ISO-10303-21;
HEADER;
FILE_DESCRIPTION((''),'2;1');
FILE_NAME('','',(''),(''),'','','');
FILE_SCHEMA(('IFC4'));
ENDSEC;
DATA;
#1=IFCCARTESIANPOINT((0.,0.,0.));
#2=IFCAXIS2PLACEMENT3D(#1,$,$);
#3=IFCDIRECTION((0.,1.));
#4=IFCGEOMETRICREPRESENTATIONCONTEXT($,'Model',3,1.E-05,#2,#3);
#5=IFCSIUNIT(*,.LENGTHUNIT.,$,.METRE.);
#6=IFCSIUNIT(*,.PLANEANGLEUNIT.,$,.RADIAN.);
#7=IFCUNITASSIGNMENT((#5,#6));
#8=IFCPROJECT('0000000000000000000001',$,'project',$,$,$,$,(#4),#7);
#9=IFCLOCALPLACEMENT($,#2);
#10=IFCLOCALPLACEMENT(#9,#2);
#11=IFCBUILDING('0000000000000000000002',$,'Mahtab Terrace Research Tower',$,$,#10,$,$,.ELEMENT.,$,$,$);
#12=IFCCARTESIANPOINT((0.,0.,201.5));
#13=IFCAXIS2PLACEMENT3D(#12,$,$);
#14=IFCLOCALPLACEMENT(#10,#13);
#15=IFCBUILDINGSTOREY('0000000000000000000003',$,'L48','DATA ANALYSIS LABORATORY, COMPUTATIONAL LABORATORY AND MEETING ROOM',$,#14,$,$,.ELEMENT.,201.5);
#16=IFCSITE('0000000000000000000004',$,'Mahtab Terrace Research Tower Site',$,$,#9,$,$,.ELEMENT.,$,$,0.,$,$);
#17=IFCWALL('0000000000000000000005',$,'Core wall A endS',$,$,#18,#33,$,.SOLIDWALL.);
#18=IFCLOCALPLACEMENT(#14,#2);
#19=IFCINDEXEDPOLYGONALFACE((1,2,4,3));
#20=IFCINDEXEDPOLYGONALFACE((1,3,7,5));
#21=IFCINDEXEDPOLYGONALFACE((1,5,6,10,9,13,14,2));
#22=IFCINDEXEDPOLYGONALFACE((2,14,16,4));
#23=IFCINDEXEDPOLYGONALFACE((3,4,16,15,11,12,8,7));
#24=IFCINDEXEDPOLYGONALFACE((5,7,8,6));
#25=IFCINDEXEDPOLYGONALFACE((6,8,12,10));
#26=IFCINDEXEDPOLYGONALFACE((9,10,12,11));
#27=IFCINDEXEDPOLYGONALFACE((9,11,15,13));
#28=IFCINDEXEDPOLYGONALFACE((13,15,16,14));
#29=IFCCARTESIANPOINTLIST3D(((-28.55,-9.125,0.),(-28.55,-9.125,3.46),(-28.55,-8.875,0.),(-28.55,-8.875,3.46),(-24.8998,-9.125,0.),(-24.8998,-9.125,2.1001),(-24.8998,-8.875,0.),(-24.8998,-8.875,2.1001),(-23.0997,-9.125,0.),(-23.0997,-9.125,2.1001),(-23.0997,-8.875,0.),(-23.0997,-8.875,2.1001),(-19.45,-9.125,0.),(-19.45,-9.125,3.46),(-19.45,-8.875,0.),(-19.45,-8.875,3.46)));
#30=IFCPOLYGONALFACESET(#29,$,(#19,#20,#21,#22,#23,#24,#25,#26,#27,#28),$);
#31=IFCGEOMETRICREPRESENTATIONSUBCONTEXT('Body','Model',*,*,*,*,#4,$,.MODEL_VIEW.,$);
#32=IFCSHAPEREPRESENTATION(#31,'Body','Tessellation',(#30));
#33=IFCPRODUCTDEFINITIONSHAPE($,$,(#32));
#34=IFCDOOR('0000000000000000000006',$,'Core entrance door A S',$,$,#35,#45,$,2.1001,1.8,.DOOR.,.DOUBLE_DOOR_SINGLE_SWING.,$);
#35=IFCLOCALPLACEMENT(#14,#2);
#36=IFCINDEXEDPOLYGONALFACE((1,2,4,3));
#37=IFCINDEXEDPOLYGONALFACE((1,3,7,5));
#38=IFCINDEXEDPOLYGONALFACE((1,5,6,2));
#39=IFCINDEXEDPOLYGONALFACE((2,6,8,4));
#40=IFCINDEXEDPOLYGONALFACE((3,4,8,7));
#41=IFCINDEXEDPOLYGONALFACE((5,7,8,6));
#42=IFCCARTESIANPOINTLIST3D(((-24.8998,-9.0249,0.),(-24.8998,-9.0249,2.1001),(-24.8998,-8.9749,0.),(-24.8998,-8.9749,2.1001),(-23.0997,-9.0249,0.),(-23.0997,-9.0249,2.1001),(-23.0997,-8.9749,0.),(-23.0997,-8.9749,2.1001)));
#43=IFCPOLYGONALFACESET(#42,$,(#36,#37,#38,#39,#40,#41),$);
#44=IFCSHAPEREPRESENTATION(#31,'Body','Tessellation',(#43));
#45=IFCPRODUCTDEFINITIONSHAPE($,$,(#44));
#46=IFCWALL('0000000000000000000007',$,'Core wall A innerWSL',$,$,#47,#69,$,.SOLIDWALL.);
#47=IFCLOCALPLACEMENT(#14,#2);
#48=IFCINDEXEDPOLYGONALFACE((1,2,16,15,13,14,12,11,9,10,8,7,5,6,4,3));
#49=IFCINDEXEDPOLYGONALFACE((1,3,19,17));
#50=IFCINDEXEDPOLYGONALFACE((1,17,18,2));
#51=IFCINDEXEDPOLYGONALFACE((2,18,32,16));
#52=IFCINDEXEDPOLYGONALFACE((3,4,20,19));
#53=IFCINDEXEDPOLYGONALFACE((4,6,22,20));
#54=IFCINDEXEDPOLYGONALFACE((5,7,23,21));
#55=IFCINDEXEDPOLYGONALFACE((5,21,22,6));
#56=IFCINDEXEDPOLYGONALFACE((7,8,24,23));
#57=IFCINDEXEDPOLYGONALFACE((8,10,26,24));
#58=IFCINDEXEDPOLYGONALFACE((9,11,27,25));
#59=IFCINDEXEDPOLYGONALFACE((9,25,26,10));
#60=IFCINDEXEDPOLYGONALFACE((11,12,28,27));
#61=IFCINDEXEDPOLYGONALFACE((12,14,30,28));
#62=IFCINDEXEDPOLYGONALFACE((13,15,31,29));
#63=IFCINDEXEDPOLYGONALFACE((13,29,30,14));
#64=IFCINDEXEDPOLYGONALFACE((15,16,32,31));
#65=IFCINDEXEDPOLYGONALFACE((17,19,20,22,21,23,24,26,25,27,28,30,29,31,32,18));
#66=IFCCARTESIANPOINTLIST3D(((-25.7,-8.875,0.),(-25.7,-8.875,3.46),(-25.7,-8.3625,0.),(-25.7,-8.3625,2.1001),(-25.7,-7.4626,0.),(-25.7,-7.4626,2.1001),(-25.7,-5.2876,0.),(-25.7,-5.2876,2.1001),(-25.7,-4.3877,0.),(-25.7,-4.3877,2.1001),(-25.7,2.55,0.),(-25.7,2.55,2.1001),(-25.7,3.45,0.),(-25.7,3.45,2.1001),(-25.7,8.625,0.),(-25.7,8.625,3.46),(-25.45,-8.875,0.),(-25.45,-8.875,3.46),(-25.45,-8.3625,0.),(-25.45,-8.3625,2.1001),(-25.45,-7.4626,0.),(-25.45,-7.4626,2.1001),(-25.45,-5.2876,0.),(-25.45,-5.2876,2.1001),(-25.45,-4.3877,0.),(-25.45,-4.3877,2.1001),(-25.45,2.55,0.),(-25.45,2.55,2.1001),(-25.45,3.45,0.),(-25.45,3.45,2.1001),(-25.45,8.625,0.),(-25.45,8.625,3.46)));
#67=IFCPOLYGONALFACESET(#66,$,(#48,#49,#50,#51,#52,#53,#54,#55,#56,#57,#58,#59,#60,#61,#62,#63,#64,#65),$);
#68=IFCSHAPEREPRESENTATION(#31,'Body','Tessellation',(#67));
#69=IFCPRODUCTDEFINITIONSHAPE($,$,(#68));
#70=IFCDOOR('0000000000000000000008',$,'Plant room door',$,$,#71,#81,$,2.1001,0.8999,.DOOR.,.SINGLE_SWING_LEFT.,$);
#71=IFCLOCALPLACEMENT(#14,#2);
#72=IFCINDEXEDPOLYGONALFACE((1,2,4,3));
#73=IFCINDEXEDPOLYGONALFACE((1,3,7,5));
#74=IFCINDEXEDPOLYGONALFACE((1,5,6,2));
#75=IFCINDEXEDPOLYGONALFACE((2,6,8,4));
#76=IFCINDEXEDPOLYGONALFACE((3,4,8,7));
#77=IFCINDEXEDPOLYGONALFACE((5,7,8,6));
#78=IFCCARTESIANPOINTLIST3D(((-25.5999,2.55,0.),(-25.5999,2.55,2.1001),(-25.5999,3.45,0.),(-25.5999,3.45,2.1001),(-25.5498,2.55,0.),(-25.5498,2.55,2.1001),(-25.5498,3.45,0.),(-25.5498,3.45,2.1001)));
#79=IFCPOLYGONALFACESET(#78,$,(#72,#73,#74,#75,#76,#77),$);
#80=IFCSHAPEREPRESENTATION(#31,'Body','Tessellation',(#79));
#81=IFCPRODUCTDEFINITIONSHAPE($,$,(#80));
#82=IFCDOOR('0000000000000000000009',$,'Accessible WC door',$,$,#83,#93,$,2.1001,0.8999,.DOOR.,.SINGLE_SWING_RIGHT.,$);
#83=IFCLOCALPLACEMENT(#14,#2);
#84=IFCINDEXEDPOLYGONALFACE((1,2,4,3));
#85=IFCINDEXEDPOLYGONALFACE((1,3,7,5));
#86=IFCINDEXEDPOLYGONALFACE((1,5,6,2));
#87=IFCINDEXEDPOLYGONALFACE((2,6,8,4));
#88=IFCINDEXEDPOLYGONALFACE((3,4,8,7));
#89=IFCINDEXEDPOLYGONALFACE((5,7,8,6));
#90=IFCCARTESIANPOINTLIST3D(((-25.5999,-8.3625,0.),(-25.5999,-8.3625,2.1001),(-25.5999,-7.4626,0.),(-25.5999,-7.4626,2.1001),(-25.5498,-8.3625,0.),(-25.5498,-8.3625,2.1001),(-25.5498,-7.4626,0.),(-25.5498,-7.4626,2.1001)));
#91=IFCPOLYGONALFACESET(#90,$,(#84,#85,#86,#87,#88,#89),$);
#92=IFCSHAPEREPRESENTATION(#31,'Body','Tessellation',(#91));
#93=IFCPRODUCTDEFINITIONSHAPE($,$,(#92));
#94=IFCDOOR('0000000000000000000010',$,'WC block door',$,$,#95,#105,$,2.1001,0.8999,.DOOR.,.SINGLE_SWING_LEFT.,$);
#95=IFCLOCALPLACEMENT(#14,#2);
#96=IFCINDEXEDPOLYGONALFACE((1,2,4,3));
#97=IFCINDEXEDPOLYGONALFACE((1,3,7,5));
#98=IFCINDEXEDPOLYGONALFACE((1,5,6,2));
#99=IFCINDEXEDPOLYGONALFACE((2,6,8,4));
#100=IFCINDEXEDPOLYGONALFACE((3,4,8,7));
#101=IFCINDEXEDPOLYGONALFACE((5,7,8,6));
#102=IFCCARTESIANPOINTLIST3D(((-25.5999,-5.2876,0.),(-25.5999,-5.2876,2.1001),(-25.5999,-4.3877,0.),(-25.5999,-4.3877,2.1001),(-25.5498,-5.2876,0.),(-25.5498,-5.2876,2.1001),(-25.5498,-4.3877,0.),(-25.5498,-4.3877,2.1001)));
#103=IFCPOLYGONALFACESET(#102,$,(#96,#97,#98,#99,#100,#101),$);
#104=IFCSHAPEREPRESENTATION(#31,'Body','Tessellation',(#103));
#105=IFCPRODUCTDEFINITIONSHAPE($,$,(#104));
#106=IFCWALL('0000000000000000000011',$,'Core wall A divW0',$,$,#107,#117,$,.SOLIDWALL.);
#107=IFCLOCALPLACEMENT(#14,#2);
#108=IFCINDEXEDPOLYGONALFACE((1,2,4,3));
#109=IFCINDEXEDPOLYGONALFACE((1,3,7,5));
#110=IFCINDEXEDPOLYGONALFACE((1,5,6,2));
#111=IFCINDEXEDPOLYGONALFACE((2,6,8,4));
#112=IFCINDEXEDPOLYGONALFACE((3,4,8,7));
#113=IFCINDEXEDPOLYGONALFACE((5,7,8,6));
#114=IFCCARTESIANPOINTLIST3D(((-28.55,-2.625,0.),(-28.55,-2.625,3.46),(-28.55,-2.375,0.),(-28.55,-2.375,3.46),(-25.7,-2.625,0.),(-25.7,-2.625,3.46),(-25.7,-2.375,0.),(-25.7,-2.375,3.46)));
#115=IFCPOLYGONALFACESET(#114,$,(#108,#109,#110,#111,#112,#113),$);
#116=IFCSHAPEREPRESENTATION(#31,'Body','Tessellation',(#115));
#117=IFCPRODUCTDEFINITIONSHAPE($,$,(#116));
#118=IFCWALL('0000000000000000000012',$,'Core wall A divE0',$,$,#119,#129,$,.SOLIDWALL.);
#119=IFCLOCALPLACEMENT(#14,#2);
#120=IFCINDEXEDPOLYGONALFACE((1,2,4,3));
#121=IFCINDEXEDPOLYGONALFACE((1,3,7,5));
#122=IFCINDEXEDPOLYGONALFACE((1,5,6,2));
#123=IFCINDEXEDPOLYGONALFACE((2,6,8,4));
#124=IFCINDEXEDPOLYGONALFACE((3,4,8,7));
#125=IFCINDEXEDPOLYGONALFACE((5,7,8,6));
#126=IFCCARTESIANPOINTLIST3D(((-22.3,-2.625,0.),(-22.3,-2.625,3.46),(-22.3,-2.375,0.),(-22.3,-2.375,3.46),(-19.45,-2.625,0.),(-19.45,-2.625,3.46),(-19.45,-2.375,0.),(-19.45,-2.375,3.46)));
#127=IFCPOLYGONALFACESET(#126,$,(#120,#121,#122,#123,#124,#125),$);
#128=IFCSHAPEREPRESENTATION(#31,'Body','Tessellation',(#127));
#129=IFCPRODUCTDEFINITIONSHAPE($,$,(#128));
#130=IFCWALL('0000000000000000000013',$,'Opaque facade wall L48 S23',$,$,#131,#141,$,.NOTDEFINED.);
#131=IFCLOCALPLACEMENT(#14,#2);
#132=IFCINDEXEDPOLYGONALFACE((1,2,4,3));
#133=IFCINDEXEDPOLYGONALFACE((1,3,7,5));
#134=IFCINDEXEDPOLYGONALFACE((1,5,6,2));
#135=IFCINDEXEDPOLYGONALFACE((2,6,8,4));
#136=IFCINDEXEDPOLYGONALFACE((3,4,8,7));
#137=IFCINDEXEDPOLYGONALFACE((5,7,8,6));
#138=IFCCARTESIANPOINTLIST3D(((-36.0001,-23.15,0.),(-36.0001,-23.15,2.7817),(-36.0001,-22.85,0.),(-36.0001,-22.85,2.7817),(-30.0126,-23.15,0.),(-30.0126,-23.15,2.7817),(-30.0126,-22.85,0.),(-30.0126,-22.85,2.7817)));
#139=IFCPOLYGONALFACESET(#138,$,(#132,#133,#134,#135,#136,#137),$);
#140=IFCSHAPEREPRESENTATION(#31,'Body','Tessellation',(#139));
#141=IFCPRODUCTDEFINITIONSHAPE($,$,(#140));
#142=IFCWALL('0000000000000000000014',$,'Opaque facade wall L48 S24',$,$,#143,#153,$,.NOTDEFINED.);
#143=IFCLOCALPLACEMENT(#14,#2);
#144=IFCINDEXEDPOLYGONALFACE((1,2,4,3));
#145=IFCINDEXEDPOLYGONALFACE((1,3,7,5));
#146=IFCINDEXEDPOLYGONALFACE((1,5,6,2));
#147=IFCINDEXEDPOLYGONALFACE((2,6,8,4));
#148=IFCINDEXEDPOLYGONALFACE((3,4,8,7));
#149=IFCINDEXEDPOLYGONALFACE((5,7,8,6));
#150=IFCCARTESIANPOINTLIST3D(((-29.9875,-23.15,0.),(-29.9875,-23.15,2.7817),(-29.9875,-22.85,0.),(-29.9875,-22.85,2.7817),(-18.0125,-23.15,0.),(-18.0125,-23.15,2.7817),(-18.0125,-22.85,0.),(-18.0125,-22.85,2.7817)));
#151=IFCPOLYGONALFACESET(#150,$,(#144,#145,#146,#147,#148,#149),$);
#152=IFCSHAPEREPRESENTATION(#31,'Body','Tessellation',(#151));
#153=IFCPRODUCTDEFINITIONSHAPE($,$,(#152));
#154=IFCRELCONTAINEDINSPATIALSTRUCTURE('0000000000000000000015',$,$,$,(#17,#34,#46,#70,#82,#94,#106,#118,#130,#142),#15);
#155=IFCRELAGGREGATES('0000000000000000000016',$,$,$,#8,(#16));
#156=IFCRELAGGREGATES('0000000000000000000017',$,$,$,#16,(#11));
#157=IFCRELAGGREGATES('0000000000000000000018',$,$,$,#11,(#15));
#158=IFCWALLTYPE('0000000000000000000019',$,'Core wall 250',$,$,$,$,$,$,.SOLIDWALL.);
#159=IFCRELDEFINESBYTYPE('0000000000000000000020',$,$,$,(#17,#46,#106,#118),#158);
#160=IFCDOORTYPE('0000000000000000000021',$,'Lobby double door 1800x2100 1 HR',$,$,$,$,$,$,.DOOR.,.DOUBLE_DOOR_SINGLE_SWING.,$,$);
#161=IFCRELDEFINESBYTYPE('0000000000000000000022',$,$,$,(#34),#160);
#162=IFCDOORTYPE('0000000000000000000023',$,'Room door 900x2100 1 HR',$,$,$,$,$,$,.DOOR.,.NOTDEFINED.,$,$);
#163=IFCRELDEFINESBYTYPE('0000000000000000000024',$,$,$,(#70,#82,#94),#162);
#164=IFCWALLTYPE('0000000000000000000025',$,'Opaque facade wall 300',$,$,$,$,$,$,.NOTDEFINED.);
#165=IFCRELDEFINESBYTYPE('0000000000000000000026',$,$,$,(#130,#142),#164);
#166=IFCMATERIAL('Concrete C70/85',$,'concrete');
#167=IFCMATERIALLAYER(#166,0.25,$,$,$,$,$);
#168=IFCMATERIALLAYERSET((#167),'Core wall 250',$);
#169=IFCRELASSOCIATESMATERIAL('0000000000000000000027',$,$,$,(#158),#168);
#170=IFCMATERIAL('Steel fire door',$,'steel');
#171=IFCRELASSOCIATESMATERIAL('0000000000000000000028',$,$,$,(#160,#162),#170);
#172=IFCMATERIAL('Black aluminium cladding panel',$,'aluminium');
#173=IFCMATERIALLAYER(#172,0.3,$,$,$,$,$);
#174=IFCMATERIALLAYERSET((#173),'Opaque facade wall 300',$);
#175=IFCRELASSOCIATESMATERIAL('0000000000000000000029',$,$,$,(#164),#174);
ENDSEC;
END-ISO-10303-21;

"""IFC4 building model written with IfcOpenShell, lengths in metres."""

from ifc_helpers import new_model, si_unit, direction, frame, frame_2d, origin, place, context, subcontext, project, spatial, rectangle, extrude, material, layer, layer_set, type_object, element, fill, save


model = new_model("IFC4")

# Units and contexts
model_context = context("Model", 3, precision=1e-05, world=origin(), true_north=direction((0.0, 1.0)))
body_context = subcontext(model_context, "Body", "Model", "MODEL_VIEW")
ifc_project = project(units=[si_unit("LENGTHUNIT", "METRE"), si_unit("PLANEANGLEUNIT", "RADIAN")], contexts=[model_context])

# Site, building, storey
site_placement = place(None, origin())
site = spatial("IfcSite", under=ifc_project, at=site_placement, Name="Mahtab Terrace Research Tower Site", CompositionType="ELEMENT", RefElevation=0.0)
building_placement = place(site_placement, origin())
building = spatial("IfcBuilding", under=site, at=building_placement, Name="Mahtab Terrace Research Tower", CompositionType="ELEMENT")
storey_placement = place(building_placement, frame((0.0, 0.0, 201.5)))
storey = spatial("IfcBuildingStorey", under=building, at=storey_placement, Name="L48", Description="DATA ANALYSIS LABORATORY, COMPUTATIONAL LABORATORY AND MEETING ROOM", CompositionType="ELEMENT", Elevation=201.5)

# Shared definitions
ifc_material_1 = material(Name="Concrete C70/85", Category="concrete")

# Shared definitions
ifc_layer_1 = layer(ifc_material_1, 0.25)
ifc_layer_set_1 = layer_set([ifc_layer_1], Name="Core wall 250")
wall_type_1 = type_object("IfcWallType", Name="Core wall 250", PredefinedType="SOLIDWALL", material=ifc_layer_set_1)

# Wall, opening, door
wall_1_placement = place(storey_placement, frame((-19.45, -9.0, 0.0), z_axis=(0.0, 0.0, 1.0), x_axis=(-1.0, 0.0, 0.0)))
wall_1 = element("IfcWall", 1, at=wall_1_placement, inside=storey, type_object=wall_type_1, Name="Core wall A endS", PredefinedType="SOLIDWALL", context=body_context, shape_type="SweptSolid", body=[
    extrude(rectangle(XDim=9.1001, YDim=0.25, at=frame_2d((4.55, 0.0))), origin(), (0.0, 0.0, 1.0), 3.46),
])
opening_1_placement = place(wall_1_placement, frame((3.6499, 0.0, 0.0)))
opening_1 = element("IfcOpeningElement", 2, at=opening_1_placement, cuts=wall_1, PredefinedType="OPENING", context=body_context, shape_type="SweptSolid", body=[
    extrude(rectangle(XDim=1.8, YDim=2.1001, at=frame_2d((0.8999, 1.05))), frame((0.0, 0.135, 0.0), z_axis=(0.0, -1.0, 0.0), x_axis=(1.0, 0.0, 0.0)), (0.0, 0.0, 1.0), 0.27),
])
ifc_material_2 = material(Name="Steel fire door", Category="steel")
door_type_1 = type_object("IfcDoorType", Name="Lobby double door 1800x2100 1 HR", OperationType="DOUBLE_DOOR_SINGLE_SWING", PredefinedType="DOOR", material=ifc_material_2)
door_1_placement = place(opening_1_placement, origin())
door_1 = element("IfcDoor", 3, at=door_1_placement, inside=storey, type_object=door_type_1, Name="Core entrance door A S", OperationType="DOUBLE_DOOR_SINGLE_SWING", OverallHeight=2.1001, OverallWidth=1.8, PredefinedType="DOOR", context=body_context, shape_type="SweptSolid", body=[
    extrude(rectangle(XDim=1.8, YDim=2.1001, at=frame_2d((0.8999, 1.05))), frame((0.0, 0.0249, 0.0), z_axis=(0.0, -1.0, 0.0), x_axis=(1.0, 0.0, 0.0)), (0.0, 0.0, 1.0), 0.05),
])
fill(opening_1, door_1)

# Wall, openings, doors
wall_2_placement = place(storey_placement, frame((-25.575, -8.875, 0.0), z_axis=(0.0, 0.0, 1.0), x_axis=(0.0, 1.0, 0.0)))
wall_2 = element("IfcWall", 4, at=wall_2_placement, inside=storey, type_object=wall_type_1, Name="Core wall A innerWSL", PredefinedType="SOLIDWALL", context=body_context, shape_type="SweptSolid", body=[
    extrude(rectangle(XDim=17.5, YDim=0.25, at=frame_2d((8.75, 0.0))), origin(), (0.0, 0.0, 1.0), 3.46),
])
opening_2_placement = place(wall_2_placement, frame((11.425, 0.0, 0.0)))
opening_2 = element("IfcOpeningElement", 5, at=opening_2_placement, cuts=wall_2, PredefinedType="OPENING", context=body_context, shape_type="SweptSolid", body=[
    extrude(rectangle(XDim=0.8999, YDim=2.1001, at=frame_2d((0.45, 1.05))), frame((0.0, 0.135, 0.0), z_axis=(0.0, -1.0, 0.0), x_axis=(1.0, 0.0, 0.0)), (0.0, 0.0, 1.0), 0.27),
])
opening_3_placement = place(wall_2_placement, frame((0.5125, 0.0, 0.0)))
opening_3 = element("IfcOpeningElement", 6, at=opening_3_placement, cuts=wall_2, PredefinedType="OPENING", context=body_context, shape_type="SweptSolid", body=[
    extrude(rectangle(XDim=0.8999, YDim=2.1001, at=frame_2d((0.45, 1.05))), frame((0.0, 0.135, 0.0), z_axis=(0.0, -1.0, 0.0), x_axis=(1.0, 0.0, 0.0)), (0.0, 0.0, 1.0), 0.27),
])
opening_4_placement = place(wall_2_placement, frame((3.5874, 0.0, 0.0)))
opening_4 = element("IfcOpeningElement", 7, at=opening_4_placement, cuts=wall_2, PredefinedType="OPENING", context=body_context, shape_type="SweptSolid", body=[
    extrude(rectangle(XDim=0.8999, YDim=2.1001, at=frame_2d((0.45, 1.05))), frame((0.0, 0.135, 0.0), z_axis=(0.0, -1.0, 0.0), x_axis=(1.0, 0.0, 0.0)), (0.0, 0.0, 1.0), 0.27),
])
door_type_2 = type_object("IfcDoorType", Name="Room door 900x2100 1 HR", OperationType="NOTDEFINED", PredefinedType="DOOR", material=ifc_material_2)
door_2_placement = place(opening_2_placement, origin())
door_2 = element("IfcDoor", 8, at=door_2_placement, inside=storey, type_object=door_type_2, Name="Plant room door", OperationType="SINGLE_SWING_LEFT", OverallHeight=2.1001, OverallWidth=0.8999, PredefinedType="DOOR", context=body_context, shape_type="SweptSolid", body=[
    extrude(rectangle(XDim=0.8999, YDim=2.1001, at=frame_2d((0.45, 1.05))), frame((0.0, 0.0249, 0.0), z_axis=(0.0, -1.0, 0.0), x_axis=(1.0, 0.0, 0.0)), (0.0, 0.0, 1.0), 0.05),
])
fill(opening_2, door_2)
door_3_placement = place(opening_3_placement, origin())
door_3 = element("IfcDoor", 9, at=door_3_placement, inside=storey, type_object=door_type_2, Name="Accessible WC door", OperationType="SINGLE_SWING_RIGHT", OverallHeight=2.1001, OverallWidth=0.8999, PredefinedType="DOOR", context=body_context, shape_type="SweptSolid", body=[
    extrude(rectangle(XDim=0.8999, YDim=2.1001, at=frame_2d((0.45, 1.05))), frame((0.0, 0.0249, 0.0), z_axis=(0.0, -1.0, 0.0), x_axis=(1.0, 0.0, 0.0)), (0.0, 0.0, 1.0), 0.05),
])
fill(opening_3, door_3)
door_4_placement = place(opening_4_placement, origin())
door_4 = element("IfcDoor", 10, at=door_4_placement, inside=storey, type_object=door_type_2, Name="WC block door", OperationType="SINGLE_SWING_LEFT", OverallHeight=2.1001, OverallWidth=0.8999, PredefinedType="DOOR", context=body_context, shape_type="SweptSolid", body=[
    extrude(rectangle(XDim=0.8999, YDim=2.1001, at=frame_2d((0.45, 1.05))), frame((0.0, 0.0249, 0.0), z_axis=(0.0, -1.0, 0.0), x_axis=(1.0, 0.0, 0.0)), (0.0, 0.0, 1.0), 0.05),
])
fill(opening_4, door_4)

# Walls
for number, where, z_axis, x_axis, name in (
    (11, (-28.55, -2.5, 0.0), (0.0, 0.0, 1.0), (1.0, 0.0, 0.0), "Core wall A divW0"),
    (12, (-22.3, -2.5, 0.0), (0.0, 0.0, 1.0), (1.0, 0.0, 0.0), "Core wall A divE0"),
):
    element("IfcWall", number, at=place(storey_placement, frame(where, z_axis=z_axis, x_axis=x_axis)), inside=storey, type_object=wall_type_1, Name=name, PredefinedType="SOLIDWALL", context=body_context, shape_type="SweptSolid", body=[
        extrude(rectangle(XDim=2.8501, YDim=0.25, at=frame_2d((1.425, 0.0))), origin(), (0.0, 0.0, 1.0), 3.46),
    ])
ifc_material_3 = material(Name="Black aluminium cladding panel", Category="aluminium")
ifc_layer_2 = layer(ifc_material_3, 0.3)
ifc_layer_set_2 = layer_set([ifc_layer_2], Name="Opaque facade wall 300")
wall_type_2 = type_object("IfcWallType", Name="Opaque facade wall 300", PredefinedType="NOTDEFINED", material=ifc_layer_set_2)
wall_3_placement = place(storey_placement, frame((-36.0, -23.0, 0.0), z_axis=(0.0, 0.0, 1.0), x_axis=(1.0, 0.0, 0.0)))
element("IfcWall", 13, at=wall_3_placement, inside=storey, type_object=wall_type_2, Name="Opaque facade wall L48 S23", PredefinedType="NOTDEFINED", context=body_context, shape_type="SweptSolid", body=[
    extrude(rectangle(XDim=5.9875, YDim=0.3, at=frame_2d((2.9937, 0.0))), origin(), (0.0, 0.0, 1.0), 2.7817),
])
wall_4_placement = place(storey_placement, frame((-29.9875, -23.0, 0.0), z_axis=(0.0, 0.0, 1.0), x_axis=(1.0, 0.0, 0.0)))
element("IfcWall", 14, at=wall_4_placement, inside=storey, type_object=wall_type_2, Name="Opaque facade wall L48 S24", PredefinedType="NOTDEFINED", context=body_context, shape_type="SweptSolid", body=[
    extrude(rectangle(XDim=11.9751, YDim=0.3, at=frame_2d((5.9875, 0.0))), origin(), (0.0, 0.0, 1.0), 2.7817),
])

save(model, "model.ifc")
